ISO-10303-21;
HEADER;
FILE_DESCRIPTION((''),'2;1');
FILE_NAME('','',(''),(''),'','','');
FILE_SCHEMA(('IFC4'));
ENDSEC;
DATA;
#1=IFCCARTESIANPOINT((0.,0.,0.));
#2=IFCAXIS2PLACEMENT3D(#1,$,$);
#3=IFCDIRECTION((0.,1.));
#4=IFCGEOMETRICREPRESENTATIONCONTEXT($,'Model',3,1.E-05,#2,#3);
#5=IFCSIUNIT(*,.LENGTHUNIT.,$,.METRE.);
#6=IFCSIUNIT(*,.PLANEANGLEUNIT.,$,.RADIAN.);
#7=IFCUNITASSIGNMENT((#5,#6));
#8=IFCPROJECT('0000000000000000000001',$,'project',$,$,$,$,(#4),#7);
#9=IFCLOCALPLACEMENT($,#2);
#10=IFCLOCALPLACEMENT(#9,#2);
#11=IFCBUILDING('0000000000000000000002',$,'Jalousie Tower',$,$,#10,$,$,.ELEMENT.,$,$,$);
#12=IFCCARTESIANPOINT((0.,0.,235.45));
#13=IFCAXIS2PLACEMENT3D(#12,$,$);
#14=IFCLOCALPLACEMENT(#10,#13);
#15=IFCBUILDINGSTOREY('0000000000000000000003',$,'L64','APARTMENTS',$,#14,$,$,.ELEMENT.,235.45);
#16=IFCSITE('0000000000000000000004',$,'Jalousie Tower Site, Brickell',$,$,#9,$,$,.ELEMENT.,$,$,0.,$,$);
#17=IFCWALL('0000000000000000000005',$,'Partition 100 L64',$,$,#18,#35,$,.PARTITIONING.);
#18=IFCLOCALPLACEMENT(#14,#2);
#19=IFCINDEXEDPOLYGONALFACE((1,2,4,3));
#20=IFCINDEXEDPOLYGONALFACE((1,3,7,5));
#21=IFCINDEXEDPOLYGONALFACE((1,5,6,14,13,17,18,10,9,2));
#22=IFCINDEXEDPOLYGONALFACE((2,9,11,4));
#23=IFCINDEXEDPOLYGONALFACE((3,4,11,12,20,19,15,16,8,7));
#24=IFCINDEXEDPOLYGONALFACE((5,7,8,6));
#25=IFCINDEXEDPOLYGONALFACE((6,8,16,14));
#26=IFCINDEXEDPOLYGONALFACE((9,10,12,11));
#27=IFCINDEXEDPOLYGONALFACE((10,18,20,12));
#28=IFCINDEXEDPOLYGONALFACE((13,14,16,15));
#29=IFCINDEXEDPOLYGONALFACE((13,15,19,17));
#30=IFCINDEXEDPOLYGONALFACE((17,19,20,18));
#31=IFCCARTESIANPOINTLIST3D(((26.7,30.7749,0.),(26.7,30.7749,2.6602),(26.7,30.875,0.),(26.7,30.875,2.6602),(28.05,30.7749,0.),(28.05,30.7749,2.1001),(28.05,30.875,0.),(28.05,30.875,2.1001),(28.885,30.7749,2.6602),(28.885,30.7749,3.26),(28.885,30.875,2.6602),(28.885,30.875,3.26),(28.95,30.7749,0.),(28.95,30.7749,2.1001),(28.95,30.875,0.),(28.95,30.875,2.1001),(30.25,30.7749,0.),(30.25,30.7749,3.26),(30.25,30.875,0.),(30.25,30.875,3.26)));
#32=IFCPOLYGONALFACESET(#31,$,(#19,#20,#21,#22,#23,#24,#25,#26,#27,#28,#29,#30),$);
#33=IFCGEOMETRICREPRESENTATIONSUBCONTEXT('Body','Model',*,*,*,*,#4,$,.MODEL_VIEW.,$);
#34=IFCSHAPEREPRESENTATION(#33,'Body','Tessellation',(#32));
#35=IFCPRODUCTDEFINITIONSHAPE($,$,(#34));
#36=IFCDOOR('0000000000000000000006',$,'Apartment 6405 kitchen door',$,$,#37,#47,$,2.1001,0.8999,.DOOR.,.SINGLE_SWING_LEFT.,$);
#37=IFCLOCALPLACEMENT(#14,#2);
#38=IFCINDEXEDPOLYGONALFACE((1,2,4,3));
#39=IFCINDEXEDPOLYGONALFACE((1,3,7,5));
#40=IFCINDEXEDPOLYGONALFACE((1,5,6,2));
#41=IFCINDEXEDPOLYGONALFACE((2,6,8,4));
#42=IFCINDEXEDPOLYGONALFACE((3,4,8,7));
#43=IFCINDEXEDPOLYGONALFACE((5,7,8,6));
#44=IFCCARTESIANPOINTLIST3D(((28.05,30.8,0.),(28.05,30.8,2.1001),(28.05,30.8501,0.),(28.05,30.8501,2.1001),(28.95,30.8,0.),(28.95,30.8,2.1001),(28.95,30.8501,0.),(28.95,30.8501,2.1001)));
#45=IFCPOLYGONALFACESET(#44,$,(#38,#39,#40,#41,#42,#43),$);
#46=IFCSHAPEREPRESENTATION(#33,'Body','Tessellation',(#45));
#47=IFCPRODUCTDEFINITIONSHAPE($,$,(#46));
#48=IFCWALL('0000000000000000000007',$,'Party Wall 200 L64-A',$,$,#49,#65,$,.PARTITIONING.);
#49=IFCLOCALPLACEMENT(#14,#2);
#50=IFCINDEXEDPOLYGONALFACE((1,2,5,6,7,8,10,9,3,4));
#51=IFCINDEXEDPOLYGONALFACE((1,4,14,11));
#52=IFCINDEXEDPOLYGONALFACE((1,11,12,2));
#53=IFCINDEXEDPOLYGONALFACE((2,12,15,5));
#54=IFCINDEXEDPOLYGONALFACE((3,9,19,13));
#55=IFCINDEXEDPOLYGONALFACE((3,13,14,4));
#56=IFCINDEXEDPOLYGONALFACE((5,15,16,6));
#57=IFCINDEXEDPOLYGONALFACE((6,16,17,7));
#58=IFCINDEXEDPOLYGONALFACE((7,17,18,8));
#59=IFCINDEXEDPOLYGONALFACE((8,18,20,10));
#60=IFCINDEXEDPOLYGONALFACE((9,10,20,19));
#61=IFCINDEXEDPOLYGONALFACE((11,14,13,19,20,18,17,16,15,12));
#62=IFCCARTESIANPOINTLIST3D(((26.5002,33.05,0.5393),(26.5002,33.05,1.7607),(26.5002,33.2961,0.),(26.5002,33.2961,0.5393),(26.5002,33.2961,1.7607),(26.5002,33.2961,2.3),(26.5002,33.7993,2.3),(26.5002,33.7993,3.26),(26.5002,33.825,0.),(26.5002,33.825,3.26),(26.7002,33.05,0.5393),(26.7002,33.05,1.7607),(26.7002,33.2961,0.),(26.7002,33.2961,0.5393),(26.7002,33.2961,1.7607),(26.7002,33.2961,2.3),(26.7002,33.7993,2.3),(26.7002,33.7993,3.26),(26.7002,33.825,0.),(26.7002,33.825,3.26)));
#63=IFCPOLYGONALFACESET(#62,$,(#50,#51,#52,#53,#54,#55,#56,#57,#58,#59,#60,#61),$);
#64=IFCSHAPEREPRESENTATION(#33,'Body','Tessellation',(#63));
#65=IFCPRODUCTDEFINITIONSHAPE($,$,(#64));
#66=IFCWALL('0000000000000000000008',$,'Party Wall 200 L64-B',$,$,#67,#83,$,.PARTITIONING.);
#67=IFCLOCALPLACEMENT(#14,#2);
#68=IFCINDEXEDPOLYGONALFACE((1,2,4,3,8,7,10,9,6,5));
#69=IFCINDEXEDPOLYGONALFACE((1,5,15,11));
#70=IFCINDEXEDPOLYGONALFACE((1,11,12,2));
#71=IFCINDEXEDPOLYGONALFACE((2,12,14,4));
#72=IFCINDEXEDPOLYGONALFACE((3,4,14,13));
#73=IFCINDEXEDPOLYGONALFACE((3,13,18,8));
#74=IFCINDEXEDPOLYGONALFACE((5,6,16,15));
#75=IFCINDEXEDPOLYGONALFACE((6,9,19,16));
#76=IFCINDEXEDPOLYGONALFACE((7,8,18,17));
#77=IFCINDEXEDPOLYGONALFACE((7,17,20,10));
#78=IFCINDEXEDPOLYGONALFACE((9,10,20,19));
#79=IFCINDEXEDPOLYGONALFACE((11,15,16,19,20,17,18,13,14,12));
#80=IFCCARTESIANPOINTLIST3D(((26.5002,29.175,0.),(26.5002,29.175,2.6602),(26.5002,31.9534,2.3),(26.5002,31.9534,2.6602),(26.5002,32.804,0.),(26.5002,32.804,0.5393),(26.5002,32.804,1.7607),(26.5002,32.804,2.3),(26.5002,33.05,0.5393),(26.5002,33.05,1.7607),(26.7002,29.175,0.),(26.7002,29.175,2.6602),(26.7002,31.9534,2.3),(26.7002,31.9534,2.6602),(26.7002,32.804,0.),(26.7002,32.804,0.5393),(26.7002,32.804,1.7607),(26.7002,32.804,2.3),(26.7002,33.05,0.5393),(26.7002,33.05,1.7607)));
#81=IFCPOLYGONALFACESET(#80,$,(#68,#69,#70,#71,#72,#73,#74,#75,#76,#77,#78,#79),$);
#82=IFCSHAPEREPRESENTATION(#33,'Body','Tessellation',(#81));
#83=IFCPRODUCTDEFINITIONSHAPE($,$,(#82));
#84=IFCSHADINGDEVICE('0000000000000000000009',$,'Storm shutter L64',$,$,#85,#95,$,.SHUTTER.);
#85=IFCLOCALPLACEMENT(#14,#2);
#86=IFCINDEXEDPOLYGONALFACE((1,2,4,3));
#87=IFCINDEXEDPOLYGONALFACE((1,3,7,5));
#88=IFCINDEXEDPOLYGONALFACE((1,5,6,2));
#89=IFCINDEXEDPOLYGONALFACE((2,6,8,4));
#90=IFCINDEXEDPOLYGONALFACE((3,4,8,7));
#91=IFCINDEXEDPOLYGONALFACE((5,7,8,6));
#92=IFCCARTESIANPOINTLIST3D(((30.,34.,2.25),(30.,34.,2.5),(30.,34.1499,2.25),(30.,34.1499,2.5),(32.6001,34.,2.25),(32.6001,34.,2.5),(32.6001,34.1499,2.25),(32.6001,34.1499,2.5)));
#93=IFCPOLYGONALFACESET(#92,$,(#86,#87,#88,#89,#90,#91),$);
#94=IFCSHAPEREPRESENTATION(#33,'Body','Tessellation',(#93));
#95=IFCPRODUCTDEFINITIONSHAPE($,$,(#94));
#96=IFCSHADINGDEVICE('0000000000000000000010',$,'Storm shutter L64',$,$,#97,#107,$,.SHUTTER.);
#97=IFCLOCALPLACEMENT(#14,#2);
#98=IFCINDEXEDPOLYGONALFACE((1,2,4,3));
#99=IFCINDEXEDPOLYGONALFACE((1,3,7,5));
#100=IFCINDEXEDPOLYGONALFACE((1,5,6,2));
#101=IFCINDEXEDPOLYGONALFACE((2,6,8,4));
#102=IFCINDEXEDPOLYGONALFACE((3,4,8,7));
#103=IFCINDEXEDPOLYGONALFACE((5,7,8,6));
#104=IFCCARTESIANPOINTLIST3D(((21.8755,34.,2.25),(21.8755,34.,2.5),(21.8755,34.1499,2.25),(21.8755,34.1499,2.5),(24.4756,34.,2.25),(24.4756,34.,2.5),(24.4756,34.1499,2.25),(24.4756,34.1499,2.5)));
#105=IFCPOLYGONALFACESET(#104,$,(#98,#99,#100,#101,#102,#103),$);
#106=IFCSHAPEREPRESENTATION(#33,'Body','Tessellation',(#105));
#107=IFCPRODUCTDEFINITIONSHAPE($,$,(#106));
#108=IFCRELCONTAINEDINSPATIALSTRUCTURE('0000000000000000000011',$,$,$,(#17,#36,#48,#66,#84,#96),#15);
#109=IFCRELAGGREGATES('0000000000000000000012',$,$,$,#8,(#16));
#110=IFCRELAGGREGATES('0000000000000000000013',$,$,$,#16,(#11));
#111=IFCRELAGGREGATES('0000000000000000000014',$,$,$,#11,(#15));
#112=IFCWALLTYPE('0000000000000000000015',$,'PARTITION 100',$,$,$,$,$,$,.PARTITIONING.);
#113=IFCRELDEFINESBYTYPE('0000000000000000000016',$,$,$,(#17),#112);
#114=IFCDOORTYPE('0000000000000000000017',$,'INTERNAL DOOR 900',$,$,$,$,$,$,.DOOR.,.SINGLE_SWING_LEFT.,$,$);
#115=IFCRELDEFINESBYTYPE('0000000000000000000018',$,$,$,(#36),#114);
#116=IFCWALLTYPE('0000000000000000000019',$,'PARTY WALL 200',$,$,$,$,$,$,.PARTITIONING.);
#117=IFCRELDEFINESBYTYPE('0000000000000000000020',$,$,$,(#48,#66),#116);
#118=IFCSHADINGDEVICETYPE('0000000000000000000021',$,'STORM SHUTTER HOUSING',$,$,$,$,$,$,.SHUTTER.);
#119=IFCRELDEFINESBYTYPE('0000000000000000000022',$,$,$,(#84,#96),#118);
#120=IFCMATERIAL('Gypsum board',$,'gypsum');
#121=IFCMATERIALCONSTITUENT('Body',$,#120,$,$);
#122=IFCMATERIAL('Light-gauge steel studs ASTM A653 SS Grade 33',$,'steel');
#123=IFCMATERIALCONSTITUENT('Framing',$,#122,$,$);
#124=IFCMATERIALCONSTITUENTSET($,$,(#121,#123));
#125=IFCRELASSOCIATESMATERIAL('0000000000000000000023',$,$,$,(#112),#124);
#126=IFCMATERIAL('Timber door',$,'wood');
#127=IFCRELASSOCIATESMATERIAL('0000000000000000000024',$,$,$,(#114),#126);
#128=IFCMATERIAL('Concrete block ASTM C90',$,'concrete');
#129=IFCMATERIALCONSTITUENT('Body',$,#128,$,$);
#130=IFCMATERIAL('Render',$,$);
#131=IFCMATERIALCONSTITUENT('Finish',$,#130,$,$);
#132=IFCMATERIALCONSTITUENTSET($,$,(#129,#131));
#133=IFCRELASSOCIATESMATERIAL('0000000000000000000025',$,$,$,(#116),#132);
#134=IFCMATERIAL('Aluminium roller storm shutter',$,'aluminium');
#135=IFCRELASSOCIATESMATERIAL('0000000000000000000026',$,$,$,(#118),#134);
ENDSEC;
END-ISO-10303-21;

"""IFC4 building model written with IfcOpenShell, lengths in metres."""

from ifc_helpers import new_model, si_unit, direction, frame, frame_2d, origin, origin_2d, place, context, subcontext, project, spatial, polyline, rectangle, outline, extrude, material, constituent, constituent_set, type_object, element, fill, save


model = new_model("IFC4")

# Units and contexts
model_context = context("Model", 3, precision=1e-05, world=origin(), true_north=direction((0.0, 1.0)))
body_context = subcontext(model_context, "Body", "Model", "MODEL_VIEW")
ifc_project = project(units=[si_unit("LENGTHUNIT", "METRE"), si_unit("PLANEANGLEUNIT", "RADIAN")], contexts=[model_context])

# Site, building, storey
site_placement = place(None, origin())
site = spatial("IfcSite", under=ifc_project, at=site_placement, Name="Jalousie Tower Site, Brickell", CompositionType="ELEMENT", RefElevation=0.0)
building_placement = place(site_placement, origin())
building = spatial("IfcBuilding", under=site, at=building_placement, Name="Jalousie Tower", CompositionType="ELEMENT")
storey_placement = place(building_placement, frame((0.0, 0.0, 235.45)))
storey = spatial("IfcBuildingStorey", under=building, at=storey_placement, Name="L64", Description="APARTMENTS", CompositionType="ELEMENT", Elevation=235.45)

# Wall, opening, door
ifc_material_1 = material(Name="Gypsum board", Category="gypsum")
ifc_constituent_1 = constituent(ifc_material_1, Name="Body")
ifc_material_2 = material(Name="Light-gauge steel studs ASTM A653 SS Grade 33", Category="steel")
ifc_constituent_2 = constituent(ifc_material_2, Name="Framing")
ifc_constituent_set_1 = constituent_set(constituents=[ifc_constituent_1, ifc_constituent_2])
wall_type_1 = type_object("IfcWallType", Name="PARTITION 100", PredefinedType="PARTITIONING", material=ifc_constituent_set_1)
wall_1_placement = place(storey_placement, frame((26.7, 30.825, 0.0), z_axis=(0.0, 0.0, 1.0), x_axis=(1.0, 0.0, 0.0)))
wall_1 = element("IfcWall", 1, at=wall_1_placement, inside=storey, type_object=wall_type_1, Name="Partition 100 L64", PredefinedType="PARTITIONING", context=body_context, shape_type="SweptSolid", body=[
    extrude(outline(polyline([(0.0, 0.0), (3.55, 0.0), (3.55, 3.26), (2.1851, 3.26), (2.1851, 2.6602), (0.0, 2.6602), (0.0, 3.26), (0.0, 0.0)])), frame((0.0, 0.05, 0.0), z_axis=(0.0, -1.0, 0.0), x_axis=(1.0, 0.0, 0.0)), (0.0, 0.0, 1.0), 0.1001),
])
opening_1_placement = place(wall_1_placement, frame((1.3501, 0.0, 0.0)))
opening_1 = element("IfcOpeningElement", 2, at=opening_1_placement, cuts=wall_1, PredefinedType="OPENING", context=body_context, shape_type="SweptSolid", body=[
    extrude(rectangle(XDim=0.8999, YDim=2.1001, at=frame_2d((0.45, 1.05))), frame((0.0, 0.0601, 0.0), z_axis=(0.0, -1.0, 0.0), x_axis=(1.0, 0.0, 0.0)), (0.0, 0.0, 1.0), 0.1201),
])
ifc_material_3 = material(Name="Timber door", Category="wood")
door_type_1 = type_object("IfcDoorType", Name="INTERNAL DOOR 900", OperationType="SINGLE_SWING_LEFT", PredefinedType="DOOR", material=ifc_material_3)
door_1_placement = place(opening_1_placement, frame((0.8999, 0.0, 0.0), z_axis=(0.0, 0.0, 1.0), x_axis=(-1.0, 0.0, 0.0)))
door_1 = element("IfcDoor", 3, at=door_1_placement, inside=storey, type_object=door_type_1, Name="Apartment 6405 kitchen door", OperationType="SINGLE_SWING_LEFT", OverallHeight=2.1001, OverallWidth=0.8999, PredefinedType="DOOR", context=body_context, shape_type="SweptSolid", body=[
    extrude(rectangle(XDim=0.8999, YDim=2.1001, at=frame_2d((0.45, 1.05))), frame((0.0, 0.0249, 0.0), z_axis=(0.0, -1.0, 0.0), x_axis=(1.0, 0.0, 0.0)), (0.0, 0.0, 1.0), 0.05),
])
fill(opening_1, door_1)

# Walls
ifc_material_4 = material(Name="Concrete block ASTM C90", Category="concrete")
ifc_constituent_3 = constituent(ifc_material_4, Name="Body")
ifc_material_5 = material(Name="Render")
ifc_constituent_4 = constituent(ifc_material_5, Name="Finish")
ifc_constituent_set_2 = constituent_set(constituents=[ifc_constituent_3, ifc_constituent_4])
wall_type_2 = type_object("IfcWallType", Name="PARTY WALL 200", PredefinedType="PARTITIONING", material=ifc_constituent_set_2)
wall_2_placement = place(storey_placement, frame((26.6001, 33.825, 0.0), z_axis=(0.0, 0.0, 1.0), x_axis=(0.0, -1.0, 0.0)))
element("IfcWall", 4, at=wall_2_placement, inside=storey, type_object=wall_type_2, Name="Party Wall 200 L64-A", PredefinedType="PARTITIONING", context=body_context, shape_type="SweptSolid", body=[
    extrude(outline(polyline([(0.0256, 2.3), (0.0256, 3.26), (0.0, 3.26), (0.0, 0.0), (0.5288, 0.0), (0.5288, 0.5393), (0.7749, 0.5393), (0.7749, 1.7607), (0.5288, 1.7607), (0.5288, 2.3), (0.0256, 2.3)])), frame((0.0, 0.1001, 0.0), z_axis=(0.0, -1.0, 0.0), x_axis=(1.0, 0.0, 0.0)), (0.0, 0.0, 1.0), 0.2),
])
wall_3_placement = place(storey_placement, frame((26.6001, 33.05, 0.0), z_axis=(0.0, 0.0, 1.0), x_axis=(0.0, -1.0, 0.0)))
element("IfcWall", 5, at=wall_3_placement, inside=storey, type_object=wall_type_2, Name="Party Wall 200 L64-B", PredefinedType="PARTITIONING", context=body_context, shape_type="SweptSolid", body=[
    extrude(outline(polyline([(0.2461, 2.3), (0.2461, 1.7607), (0.0, 1.7607), (0.0, 0.5393), (0.2461, 0.5393), (0.2461, 0.0), (3.875, 0.0), (3.875, 2.6602), (1.0967, 2.6602), (1.0967, 2.3), (0.2461, 2.3)])), frame((0.0, 0.1001, 0.0), z_axis=(0.0, -1.0, 0.0), x_axis=(1.0, 0.0, 0.0)), (0.0, 0.0, 1.0), 0.2),
])

# Shading devices
ifc_material_6 = material(Name="Aluminium roller storm shutter", Category="aluminium")
shading_device_type = type_object("IfcShadingDeviceType", Name="STORM SHUTTER HOUSING", PredefinedType="SHUTTER", material=ifc_material_6)
for number, where, z_axis, x_axis, name in (
    (6, (31.3, 34.075, 2.25), (0.0, 0.0, 1.0), (-1.0, 0.0, 0.0), "Storm shutter L64"),
    (7, (23.1755, 34.075, 2.25), (0.0, 0.0, 1.0), (-1.0, 0.0, 0.0), "Storm shutter L64"),
):
    element("IfcShadingDevice", number, at=place(storey_placement, frame(where, z_axis=z_axis, x_axis=x_axis)), inside=storey, type_object=shading_device_type, Name=name, PredefinedType="SHUTTER", context=body_context, shape_type="SweptSolid", body=[
        extrude(rectangle(XDim=2.6001, YDim=0.1499, at=origin_2d()), origin(), (0.0, 0.0, 1.0), 0.25),
    ])

save(model, "model.ifc")
